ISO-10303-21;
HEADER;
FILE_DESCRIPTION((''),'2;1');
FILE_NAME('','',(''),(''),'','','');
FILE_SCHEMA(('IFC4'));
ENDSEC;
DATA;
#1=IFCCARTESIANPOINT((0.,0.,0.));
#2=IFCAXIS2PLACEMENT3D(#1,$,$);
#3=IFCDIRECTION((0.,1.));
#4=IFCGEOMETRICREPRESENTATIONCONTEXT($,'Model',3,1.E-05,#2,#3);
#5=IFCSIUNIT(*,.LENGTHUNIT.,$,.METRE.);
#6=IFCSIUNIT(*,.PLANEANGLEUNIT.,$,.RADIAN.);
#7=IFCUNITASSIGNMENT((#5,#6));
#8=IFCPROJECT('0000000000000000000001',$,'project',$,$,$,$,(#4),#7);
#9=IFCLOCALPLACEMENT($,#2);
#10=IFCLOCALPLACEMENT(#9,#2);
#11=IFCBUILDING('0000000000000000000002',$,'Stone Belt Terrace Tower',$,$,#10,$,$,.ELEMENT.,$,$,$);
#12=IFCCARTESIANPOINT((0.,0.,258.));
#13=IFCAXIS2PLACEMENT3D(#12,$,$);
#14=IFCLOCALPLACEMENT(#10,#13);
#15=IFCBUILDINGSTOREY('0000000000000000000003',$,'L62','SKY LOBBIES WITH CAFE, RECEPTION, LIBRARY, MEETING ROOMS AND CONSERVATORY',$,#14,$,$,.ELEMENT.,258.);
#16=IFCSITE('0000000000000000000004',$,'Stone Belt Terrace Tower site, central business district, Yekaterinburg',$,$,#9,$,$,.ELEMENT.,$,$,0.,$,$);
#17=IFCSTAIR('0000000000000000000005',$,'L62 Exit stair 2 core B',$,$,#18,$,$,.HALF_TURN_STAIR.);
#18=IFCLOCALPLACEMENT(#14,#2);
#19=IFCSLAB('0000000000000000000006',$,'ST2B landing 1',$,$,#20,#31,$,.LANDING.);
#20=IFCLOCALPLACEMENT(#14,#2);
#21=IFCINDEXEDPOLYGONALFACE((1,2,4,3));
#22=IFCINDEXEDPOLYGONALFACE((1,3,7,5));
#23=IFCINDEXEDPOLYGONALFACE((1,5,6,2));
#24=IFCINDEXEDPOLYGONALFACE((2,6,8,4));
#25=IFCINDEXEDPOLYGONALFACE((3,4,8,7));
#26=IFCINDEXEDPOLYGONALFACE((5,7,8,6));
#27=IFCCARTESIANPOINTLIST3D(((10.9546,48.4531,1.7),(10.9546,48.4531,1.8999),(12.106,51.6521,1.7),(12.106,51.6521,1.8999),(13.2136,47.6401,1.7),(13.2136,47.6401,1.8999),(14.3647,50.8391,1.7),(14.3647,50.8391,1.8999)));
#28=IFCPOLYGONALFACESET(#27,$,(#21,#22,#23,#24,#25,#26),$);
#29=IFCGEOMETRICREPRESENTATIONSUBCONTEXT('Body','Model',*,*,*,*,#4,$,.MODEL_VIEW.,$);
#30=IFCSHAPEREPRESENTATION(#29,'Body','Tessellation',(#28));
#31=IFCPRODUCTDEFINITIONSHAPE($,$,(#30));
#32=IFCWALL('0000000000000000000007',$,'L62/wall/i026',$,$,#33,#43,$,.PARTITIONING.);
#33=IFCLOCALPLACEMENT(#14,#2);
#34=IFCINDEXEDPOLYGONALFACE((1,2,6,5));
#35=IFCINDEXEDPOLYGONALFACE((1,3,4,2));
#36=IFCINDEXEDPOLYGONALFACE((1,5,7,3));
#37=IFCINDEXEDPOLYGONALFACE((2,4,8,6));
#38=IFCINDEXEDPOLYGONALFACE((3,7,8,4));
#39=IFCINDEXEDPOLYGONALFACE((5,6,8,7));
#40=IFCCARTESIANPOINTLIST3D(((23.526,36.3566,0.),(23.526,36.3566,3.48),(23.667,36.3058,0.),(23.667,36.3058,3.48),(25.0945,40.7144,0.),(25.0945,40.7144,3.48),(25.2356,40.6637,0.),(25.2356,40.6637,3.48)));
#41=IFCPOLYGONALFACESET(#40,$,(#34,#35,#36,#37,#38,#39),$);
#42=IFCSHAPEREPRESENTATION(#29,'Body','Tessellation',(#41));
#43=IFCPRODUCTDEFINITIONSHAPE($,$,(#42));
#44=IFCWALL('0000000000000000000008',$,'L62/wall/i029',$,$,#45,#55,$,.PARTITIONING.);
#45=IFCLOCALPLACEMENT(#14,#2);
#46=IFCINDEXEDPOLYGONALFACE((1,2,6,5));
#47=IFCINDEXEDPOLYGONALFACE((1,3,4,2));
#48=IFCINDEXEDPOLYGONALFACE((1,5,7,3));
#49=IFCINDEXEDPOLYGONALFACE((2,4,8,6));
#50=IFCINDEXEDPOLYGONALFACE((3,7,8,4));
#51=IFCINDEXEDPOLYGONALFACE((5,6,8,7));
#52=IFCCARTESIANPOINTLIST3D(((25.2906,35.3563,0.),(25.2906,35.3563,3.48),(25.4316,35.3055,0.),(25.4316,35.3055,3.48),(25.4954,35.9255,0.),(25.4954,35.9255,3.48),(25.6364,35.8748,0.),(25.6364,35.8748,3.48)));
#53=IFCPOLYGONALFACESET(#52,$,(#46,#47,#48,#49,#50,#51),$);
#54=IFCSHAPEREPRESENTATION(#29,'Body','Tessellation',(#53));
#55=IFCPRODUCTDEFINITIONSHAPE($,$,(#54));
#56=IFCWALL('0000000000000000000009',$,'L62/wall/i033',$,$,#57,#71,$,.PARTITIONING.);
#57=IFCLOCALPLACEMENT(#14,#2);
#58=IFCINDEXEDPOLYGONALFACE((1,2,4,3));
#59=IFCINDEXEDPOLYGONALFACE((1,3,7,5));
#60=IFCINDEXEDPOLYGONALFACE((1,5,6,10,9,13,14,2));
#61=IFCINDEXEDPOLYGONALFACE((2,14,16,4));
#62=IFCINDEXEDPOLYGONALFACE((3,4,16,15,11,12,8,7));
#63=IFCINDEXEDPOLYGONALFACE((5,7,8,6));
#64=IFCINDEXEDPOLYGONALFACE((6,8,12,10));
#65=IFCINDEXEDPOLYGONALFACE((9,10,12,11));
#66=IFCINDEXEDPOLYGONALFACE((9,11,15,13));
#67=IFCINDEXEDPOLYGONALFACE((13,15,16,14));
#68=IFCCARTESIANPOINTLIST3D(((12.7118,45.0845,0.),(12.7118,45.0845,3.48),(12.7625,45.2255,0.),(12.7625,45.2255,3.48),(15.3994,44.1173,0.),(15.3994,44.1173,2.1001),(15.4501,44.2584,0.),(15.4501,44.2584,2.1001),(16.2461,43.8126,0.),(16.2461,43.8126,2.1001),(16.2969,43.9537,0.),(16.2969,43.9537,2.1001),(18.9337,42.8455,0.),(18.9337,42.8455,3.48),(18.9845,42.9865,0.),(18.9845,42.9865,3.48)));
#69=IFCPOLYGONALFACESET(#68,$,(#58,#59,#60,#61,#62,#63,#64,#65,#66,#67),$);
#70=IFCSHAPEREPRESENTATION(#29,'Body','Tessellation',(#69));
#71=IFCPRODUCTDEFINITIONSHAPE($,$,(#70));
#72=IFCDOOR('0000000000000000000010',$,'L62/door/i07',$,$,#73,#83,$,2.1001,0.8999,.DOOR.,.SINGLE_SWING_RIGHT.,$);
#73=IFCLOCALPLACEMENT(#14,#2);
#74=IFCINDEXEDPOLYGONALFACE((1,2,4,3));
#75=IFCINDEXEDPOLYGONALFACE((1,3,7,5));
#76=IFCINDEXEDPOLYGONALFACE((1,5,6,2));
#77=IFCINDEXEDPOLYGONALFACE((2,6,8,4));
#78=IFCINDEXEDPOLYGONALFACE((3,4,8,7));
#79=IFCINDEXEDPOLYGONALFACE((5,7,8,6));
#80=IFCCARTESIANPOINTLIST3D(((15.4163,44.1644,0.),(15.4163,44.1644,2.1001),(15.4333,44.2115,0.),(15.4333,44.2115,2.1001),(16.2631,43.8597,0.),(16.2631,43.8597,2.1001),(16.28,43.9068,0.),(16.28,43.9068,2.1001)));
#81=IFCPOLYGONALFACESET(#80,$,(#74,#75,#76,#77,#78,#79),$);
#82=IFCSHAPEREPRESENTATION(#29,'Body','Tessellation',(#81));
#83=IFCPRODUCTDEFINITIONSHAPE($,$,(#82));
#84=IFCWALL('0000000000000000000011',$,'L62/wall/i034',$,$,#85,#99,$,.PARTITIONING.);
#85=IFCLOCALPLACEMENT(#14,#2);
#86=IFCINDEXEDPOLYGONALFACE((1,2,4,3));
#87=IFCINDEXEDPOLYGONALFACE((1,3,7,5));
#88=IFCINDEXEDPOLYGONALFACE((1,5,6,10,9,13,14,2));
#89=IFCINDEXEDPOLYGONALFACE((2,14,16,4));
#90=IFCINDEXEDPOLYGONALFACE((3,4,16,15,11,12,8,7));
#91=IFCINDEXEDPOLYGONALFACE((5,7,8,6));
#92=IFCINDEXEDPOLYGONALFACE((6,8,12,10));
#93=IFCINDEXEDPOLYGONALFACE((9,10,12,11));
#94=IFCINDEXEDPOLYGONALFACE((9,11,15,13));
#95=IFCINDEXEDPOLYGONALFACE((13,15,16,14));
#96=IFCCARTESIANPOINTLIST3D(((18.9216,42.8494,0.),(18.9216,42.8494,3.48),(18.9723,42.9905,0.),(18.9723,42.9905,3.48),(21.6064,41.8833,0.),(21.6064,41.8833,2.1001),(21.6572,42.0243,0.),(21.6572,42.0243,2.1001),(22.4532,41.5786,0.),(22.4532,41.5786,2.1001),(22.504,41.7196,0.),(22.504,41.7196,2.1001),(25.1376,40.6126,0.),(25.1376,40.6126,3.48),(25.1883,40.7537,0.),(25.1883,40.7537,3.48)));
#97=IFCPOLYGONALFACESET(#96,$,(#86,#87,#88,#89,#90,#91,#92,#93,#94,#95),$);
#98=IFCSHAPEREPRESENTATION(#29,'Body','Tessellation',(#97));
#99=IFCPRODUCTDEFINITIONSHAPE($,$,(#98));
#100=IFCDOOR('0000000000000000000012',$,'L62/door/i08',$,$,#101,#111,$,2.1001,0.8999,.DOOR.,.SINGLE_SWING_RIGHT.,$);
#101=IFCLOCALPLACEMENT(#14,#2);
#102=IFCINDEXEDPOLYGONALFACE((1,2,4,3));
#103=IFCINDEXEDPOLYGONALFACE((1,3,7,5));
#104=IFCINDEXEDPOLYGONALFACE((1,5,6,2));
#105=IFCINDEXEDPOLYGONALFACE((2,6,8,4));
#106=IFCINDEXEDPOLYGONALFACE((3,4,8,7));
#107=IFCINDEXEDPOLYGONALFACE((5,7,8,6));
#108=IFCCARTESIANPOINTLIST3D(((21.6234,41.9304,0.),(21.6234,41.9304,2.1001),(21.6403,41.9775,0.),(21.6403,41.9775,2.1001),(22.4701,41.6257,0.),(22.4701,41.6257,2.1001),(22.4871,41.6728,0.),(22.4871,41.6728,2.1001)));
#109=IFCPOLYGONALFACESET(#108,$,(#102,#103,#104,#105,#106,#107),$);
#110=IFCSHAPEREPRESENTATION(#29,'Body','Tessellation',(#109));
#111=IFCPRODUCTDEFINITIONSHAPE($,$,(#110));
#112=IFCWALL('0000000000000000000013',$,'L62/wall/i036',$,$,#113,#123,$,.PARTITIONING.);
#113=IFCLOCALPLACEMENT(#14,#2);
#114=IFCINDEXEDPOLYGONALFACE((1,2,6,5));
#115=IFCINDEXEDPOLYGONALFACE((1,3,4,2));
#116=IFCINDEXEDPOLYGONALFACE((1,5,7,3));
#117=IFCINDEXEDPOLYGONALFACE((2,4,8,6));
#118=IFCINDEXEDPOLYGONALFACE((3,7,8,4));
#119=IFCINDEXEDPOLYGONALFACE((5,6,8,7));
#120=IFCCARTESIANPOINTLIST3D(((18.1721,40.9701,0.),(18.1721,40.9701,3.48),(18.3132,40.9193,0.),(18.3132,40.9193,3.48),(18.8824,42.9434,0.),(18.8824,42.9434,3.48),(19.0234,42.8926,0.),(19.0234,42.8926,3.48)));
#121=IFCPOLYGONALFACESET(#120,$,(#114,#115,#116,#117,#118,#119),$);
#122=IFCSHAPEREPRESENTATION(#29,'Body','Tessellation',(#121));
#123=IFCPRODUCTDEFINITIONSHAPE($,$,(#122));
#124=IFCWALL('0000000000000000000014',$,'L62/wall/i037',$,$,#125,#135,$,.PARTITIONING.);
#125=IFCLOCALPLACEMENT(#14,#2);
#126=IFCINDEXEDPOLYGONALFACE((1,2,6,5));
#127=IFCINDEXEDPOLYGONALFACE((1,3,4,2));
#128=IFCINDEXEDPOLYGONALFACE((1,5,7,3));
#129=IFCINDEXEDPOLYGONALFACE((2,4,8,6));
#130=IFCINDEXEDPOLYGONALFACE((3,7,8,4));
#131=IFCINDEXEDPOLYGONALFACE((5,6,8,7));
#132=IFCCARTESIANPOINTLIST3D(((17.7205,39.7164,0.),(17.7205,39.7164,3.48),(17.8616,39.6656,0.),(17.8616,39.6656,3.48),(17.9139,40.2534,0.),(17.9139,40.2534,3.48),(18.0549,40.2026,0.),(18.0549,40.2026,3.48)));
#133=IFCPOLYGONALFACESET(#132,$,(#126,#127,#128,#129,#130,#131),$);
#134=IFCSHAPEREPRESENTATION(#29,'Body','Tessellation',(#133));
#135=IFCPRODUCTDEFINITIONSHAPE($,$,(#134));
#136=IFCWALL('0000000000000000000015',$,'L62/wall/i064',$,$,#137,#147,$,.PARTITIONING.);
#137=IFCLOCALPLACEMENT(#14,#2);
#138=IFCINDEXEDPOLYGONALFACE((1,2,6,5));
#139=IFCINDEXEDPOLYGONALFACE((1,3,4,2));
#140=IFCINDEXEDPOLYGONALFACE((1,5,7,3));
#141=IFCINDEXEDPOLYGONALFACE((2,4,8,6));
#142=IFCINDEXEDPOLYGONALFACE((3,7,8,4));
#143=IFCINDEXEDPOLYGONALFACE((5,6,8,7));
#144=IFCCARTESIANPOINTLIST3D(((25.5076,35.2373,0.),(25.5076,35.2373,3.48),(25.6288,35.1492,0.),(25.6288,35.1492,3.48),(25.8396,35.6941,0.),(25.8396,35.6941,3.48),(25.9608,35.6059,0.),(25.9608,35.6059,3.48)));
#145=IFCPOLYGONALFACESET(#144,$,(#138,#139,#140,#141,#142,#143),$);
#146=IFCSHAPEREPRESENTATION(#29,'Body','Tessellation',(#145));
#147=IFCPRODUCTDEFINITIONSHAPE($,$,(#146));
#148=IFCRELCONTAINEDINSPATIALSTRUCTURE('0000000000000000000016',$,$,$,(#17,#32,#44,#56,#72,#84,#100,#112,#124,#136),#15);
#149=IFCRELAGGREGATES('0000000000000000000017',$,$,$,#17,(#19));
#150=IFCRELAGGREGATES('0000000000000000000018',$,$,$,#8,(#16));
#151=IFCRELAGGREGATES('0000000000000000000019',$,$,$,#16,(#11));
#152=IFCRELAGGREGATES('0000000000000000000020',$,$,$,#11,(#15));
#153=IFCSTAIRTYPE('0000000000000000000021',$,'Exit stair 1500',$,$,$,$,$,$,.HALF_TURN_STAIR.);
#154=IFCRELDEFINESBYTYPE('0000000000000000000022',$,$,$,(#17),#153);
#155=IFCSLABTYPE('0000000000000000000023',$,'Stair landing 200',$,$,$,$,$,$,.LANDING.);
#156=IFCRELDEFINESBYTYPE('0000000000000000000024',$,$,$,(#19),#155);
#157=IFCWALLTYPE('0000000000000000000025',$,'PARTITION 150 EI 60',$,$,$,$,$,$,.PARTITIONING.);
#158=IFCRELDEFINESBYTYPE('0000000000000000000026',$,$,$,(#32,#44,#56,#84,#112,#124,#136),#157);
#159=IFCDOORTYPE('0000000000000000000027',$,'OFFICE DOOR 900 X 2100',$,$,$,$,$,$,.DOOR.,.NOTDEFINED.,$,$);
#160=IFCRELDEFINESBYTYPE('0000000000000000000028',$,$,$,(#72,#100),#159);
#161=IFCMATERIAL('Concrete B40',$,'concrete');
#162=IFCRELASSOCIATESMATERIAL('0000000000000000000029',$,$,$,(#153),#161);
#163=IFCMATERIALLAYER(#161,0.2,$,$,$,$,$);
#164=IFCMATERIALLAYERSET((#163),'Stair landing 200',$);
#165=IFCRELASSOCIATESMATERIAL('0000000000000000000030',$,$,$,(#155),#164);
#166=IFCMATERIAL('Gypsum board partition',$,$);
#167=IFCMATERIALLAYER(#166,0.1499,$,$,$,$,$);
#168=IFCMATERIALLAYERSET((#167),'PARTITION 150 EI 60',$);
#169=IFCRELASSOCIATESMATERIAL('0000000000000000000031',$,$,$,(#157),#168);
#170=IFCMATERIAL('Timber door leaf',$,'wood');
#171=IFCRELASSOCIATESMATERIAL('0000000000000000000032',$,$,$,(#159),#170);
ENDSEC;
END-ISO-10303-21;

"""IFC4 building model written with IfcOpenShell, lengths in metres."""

from ifc_helpers import new_model, si_unit, direction, frame, frame_2d, origin, place, context, subcontext, project, spatial, polyline, rectangle, outline, extrude, material, layer, layer_set, type_object, element, fill, aggregate, save


model = new_model("IFC4")

# Units and contexts
model_context = context("Model", 3, precision=1e-05, world=origin(), true_north=direction((0.0, 1.0)))
body_context = subcontext(model_context, "Body", "Model", "MODEL_VIEW")
ifc_project = project(units=[si_unit("LENGTHUNIT", "METRE"), si_unit("PLANEANGLEUNIT", "RADIAN")], contexts=[model_context])

# Site, building, storey
site_placement = place(None, origin())
site = spatial("IfcSite", under=ifc_project, at=site_placement, Name="Stone Belt Terrace Tower site, central business district, Yekaterinburg", CompositionType="ELEMENT", RefElevation=0.0)
building_placement = place(site_placement, origin())
building = spatial("IfcBuilding", under=site, at=building_placement, Name="Stone Belt Terrace Tower", CompositionType="ELEMENT")
storey_placement = place(building_placement, frame((0.0, 0.0, 258.0)))
storey = spatial("IfcBuildingStorey", under=building, at=storey_placement, Name="L62", Description="SKY LOBBIES WITH CAFE, RECEPTION, LIBRARY, MEETING ROOMS AND CONSERVATORY", CompositionType="ELEMENT", Elevation=258.0)

# Shared definitions
ifc_material_1 = material(Name="Concrete B40", Category="concrete")

# Stair, slab
stair_type = type_object("IfcStairType", Name="Exit stair 1500", PredefinedType="HALF_TURN_STAIR", material=ifc_material_1)
ifc_layer_1 = layer(ifc_material_1, 0.2)
ifc_layer_set_1 = layer_set([ifc_layer_1], Name="Stair landing 200")
slab_type_1 = type_object("IfcSlabType", Name="Stair landing 200", PredefinedType="LANDING", material=ifc_layer_set_1)
stair_1_placement = place(storey_placement, origin())
stair_1 = element("IfcStair", 1, at=stair_1_placement, inside=storey, type_object=stair_type, Name="L62 Exit stair 2 core B", PredefinedType="HALF_TURN_STAIR")
slab_1_placement = place(storey_placement, frame((0.0, 0.0, 1.7)))
slab_1 = element("IfcSlab", 2, at=slab_1_placement, type_object=slab_type_1, Name="ST2B landing 1", PredefinedType="LANDING", context=body_context, shape_type="SweptSolid", body=[
    extrude(outline(polyline([(14.3647, 50.8391), (12.106, 51.6521), (10.9546, 48.4531), (13.2136, 47.6401), (14.3647, 50.8391)])), origin(), (0.0, 0.0, 1.0), 0.2),
])
aggregate(stair_1, [slab_1])

# Walls
ifc_material_2 = material(Name="Gypsum board partition")
ifc_layer_2 = layer(ifc_material_2, 0.1499)
ifc_layer_set_2 = layer_set([ifc_layer_2], Name="PARTITION 150 EI 60")
wall_type = type_object("IfcWallType", Name="PARTITION 150 EI 60", PredefinedType="PARTITIONING", material=ifc_layer_set_2)
wall_1_placement = place(storey_placement, frame((23.5964, 36.3311, 0.0), z_axis=(0.0, 0.0, 1.0), x_axis=(0.338673, 0.940904, 0.0)))
element("IfcWall", 3, at=wall_1_placement, inside=storey, type_object=wall_type, Name="L62/wall/i026", PredefinedType="PARTITIONING", context=body_context, shape_type="SweptSolid", body=[
    extrude(rectangle(XDim=4.6316, YDim=0.1499, at=frame_2d((2.3159, 0.0))), origin(), (0.0, 0.0, 1.0), 3.48),
])
wall_2_placement = place(storey_placement, frame((25.5659, 35.9001, 0.0), z_axis=(0.0, 0.0, 1.0), x_axis=(-0.338534, -0.940954, 0.0)))
element("IfcWall", 4, at=wall_2_placement, inside=storey, type_object=wall_type, Name="L62/wall/i029", PredefinedType="PARTITIONING", context=body_context, shape_type="SweptSolid", body=[
    extrude(rectangle(XDim=0.605, YDim=0.1499, at=frame_2d((0.3025, 0.0))), origin(), (0.0, 0.0, 1.0), 3.48),
])

# Walls, openings, doors
wall_3_placement = place(storey_placement, frame((18.959, 42.916, 0.0), z_axis=(0.0, 0.0, 1.0), x_axis=(-0.94093, 0.338602, 0.0)))
wall_3 = element("IfcWall", 5, at=wall_3_placement, inside=storey, type_object=wall_type, Name="L62/wall/i033", PredefinedType="PARTITIONING", context=body_context, shape_type="SweptSolid", body=[
    extrude(rectangle(XDim=6.6125, YDim=0.1499, at=frame_2d((3.3062, 0.0))), origin(), (0.0, 0.0, 1.0), 3.48),
])
opening_1_placement = place(wall_3_placement, frame((2.8562, 0.0, 0.0)))
opening_1 = element("IfcOpeningElement", 6, at=opening_1_placement, cuts=wall_3, PredefinedType="OPENING", context=body_context, shape_type="SweptSolid", body=[
    extrude(rectangle(XDim=0.8999, YDim=2.1001, at=frame_2d((0.45, 1.05))), frame((0.0, 0.085, 0.0), z_axis=(0.0, -1.0, 0.0), x_axis=(1.0, 0.0, 0.0)), (0.0, 0.0, 1.0), 0.1699),
])
ifc_material_3 = material(Name="Timber door leaf", Category="wood")
door_type = type_object("IfcDoorType", Name="OFFICE DOOR 900 X 2100", OperationType="NOTDEFINED", PredefinedType="DOOR", material=ifc_material_3)
door_1_placement = place(opening_1_placement, origin())
door_1 = element("IfcDoor", 7, at=door_1_placement, inside=storey, type_object=door_type, Name="L62/door/i07", OperationType="SINGLE_SWING_RIGHT", OverallHeight=2.1001, OverallWidth=0.8999, PredefinedType="DOOR", context=body_context, shape_type="SweptSolid", body=[
    extrude(rectangle(XDim=0.8999, YDim=2.1001, at=frame_2d((0.45, 1.05))), frame((0.0, 0.0249, 0.0), z_axis=(0.0, -1.0, 0.0), x_axis=(1.0, 0.0, 0.0)), (0.0, 0.0, 1.0), 0.05),
])
fill(opening_1, door_1)
wall_4_placement = place(storey_placement, frame((25.1631, 40.6831, 0.0), z_axis=(0.0, 0.0, 1.0), x_axis=(-0.940934, 0.33859, 0.0)))
wall_4 = element("IfcWall", 8, at=wall_4_placement, inside=storey, type_object=wall_type, Name="L62/wall/i034", PredefinedType="PARTITIONING", context=body_context, shape_type="SweptSolid", body=[
    extrude(rectangle(XDim=6.6062, YDim=0.1499, at=frame_2d((3.3032, 0.0))), origin(), (0.0, 0.0, 1.0), 3.48),
])
opening_2_placement = place(wall_4_placement, frame((2.853, 0.0, 0.0)))
opening_2 = element("IfcOpeningElement", 9, at=opening_2_placement, cuts=wall_4, PredefinedType="OPENING", context=body_context, shape_type="SweptSolid", body=[
    extrude(rectangle(XDim=0.8999, YDim=2.1001, at=frame_2d((0.45, 1.05))), frame((0.0, 0.085, 0.0), z_axis=(0.0, -1.0, 0.0), x_axis=(1.0, 0.0, 0.0)), (0.0, 0.0, 1.0), 0.1699),
])
door_2_placement = place(opening_2_placement, origin())
door_2 = element("IfcDoor", 10, at=door_2_placement, inside=storey, type_object=door_type, Name="L62/door/i08", OperationType="SINGLE_SWING_RIGHT", OverallHeight=2.1001, OverallWidth=0.8999, PredefinedType="DOOR", context=body_context, shape_type="SweptSolid", body=[
    extrude(rectangle(XDim=0.8999, YDim=2.1001, at=frame_2d((0.45, 1.05))), frame((0.0, 0.0249, 0.0), z_axis=(0.0, -1.0, 0.0), x_axis=(1.0, 0.0, 0.0)), (0.0, 0.0, 1.0), 0.05),
])
fill(opening_2, door_2)

# Walls
wall_5_placement = place(storey_placement, frame((18.9529, 42.918, 0.0), z_axis=(0.0, 0.0, 1.0), x_axis=(-0.338666, -0.940907, 0.0)))
element("IfcWall", 11, at=wall_5_placement, inside=storey, type_object=wall_type, Name="L62/wall/i036", PredefinedType="PARTITIONING", context=body_context, shape_type="SweptSolid", body=[
    extrude(rectangle(XDim=2.0972, YDim=0.1499, at=frame_2d((1.0486, 0.0))), origin(), (0.0, 0.0, 1.0), 3.48),
])
wall_6_placement = place(storey_placement, frame((17.9844, 40.228, 0.0), z_axis=(0.0, 0.0, 1.0), x_axis=(-0.338719, -0.940887, 0.0)))
element("IfcWall", 12, at=wall_6_placement, inside=storey, type_object=wall_type, Name="L62/wall/i037", PredefinedType="PARTITIONING", context=body_context, shape_type="SweptSolid", body=[
    extrude(rectangle(XDim=0.5708, YDim=0.1499, at=frame_2d((0.2854, 0.0))), origin(), (0.0, 0.0, 1.0), 3.48),
])
wall_7_placement = place(storey_placement, frame((25.9001, 35.6499, 0.0), z_axis=(0.0, 0.0, 1.0), x_axis=(-0.587966, -0.808886, 0.0)))
element("IfcWall", 13, at=wall_7_placement, inside=storey, type_object=wall_type, Name="L62/wall/i064", PredefinedType="PARTITIONING", context=body_context, shape_type="SweptSolid", body=[
    extrude(rectangle(XDim=0.5647, YDim=0.1499, at=frame_2d((0.2822, 0.0))), origin(), (0.0, 0.0, 1.0), 3.48),
])

save(model, "model.ifc")
